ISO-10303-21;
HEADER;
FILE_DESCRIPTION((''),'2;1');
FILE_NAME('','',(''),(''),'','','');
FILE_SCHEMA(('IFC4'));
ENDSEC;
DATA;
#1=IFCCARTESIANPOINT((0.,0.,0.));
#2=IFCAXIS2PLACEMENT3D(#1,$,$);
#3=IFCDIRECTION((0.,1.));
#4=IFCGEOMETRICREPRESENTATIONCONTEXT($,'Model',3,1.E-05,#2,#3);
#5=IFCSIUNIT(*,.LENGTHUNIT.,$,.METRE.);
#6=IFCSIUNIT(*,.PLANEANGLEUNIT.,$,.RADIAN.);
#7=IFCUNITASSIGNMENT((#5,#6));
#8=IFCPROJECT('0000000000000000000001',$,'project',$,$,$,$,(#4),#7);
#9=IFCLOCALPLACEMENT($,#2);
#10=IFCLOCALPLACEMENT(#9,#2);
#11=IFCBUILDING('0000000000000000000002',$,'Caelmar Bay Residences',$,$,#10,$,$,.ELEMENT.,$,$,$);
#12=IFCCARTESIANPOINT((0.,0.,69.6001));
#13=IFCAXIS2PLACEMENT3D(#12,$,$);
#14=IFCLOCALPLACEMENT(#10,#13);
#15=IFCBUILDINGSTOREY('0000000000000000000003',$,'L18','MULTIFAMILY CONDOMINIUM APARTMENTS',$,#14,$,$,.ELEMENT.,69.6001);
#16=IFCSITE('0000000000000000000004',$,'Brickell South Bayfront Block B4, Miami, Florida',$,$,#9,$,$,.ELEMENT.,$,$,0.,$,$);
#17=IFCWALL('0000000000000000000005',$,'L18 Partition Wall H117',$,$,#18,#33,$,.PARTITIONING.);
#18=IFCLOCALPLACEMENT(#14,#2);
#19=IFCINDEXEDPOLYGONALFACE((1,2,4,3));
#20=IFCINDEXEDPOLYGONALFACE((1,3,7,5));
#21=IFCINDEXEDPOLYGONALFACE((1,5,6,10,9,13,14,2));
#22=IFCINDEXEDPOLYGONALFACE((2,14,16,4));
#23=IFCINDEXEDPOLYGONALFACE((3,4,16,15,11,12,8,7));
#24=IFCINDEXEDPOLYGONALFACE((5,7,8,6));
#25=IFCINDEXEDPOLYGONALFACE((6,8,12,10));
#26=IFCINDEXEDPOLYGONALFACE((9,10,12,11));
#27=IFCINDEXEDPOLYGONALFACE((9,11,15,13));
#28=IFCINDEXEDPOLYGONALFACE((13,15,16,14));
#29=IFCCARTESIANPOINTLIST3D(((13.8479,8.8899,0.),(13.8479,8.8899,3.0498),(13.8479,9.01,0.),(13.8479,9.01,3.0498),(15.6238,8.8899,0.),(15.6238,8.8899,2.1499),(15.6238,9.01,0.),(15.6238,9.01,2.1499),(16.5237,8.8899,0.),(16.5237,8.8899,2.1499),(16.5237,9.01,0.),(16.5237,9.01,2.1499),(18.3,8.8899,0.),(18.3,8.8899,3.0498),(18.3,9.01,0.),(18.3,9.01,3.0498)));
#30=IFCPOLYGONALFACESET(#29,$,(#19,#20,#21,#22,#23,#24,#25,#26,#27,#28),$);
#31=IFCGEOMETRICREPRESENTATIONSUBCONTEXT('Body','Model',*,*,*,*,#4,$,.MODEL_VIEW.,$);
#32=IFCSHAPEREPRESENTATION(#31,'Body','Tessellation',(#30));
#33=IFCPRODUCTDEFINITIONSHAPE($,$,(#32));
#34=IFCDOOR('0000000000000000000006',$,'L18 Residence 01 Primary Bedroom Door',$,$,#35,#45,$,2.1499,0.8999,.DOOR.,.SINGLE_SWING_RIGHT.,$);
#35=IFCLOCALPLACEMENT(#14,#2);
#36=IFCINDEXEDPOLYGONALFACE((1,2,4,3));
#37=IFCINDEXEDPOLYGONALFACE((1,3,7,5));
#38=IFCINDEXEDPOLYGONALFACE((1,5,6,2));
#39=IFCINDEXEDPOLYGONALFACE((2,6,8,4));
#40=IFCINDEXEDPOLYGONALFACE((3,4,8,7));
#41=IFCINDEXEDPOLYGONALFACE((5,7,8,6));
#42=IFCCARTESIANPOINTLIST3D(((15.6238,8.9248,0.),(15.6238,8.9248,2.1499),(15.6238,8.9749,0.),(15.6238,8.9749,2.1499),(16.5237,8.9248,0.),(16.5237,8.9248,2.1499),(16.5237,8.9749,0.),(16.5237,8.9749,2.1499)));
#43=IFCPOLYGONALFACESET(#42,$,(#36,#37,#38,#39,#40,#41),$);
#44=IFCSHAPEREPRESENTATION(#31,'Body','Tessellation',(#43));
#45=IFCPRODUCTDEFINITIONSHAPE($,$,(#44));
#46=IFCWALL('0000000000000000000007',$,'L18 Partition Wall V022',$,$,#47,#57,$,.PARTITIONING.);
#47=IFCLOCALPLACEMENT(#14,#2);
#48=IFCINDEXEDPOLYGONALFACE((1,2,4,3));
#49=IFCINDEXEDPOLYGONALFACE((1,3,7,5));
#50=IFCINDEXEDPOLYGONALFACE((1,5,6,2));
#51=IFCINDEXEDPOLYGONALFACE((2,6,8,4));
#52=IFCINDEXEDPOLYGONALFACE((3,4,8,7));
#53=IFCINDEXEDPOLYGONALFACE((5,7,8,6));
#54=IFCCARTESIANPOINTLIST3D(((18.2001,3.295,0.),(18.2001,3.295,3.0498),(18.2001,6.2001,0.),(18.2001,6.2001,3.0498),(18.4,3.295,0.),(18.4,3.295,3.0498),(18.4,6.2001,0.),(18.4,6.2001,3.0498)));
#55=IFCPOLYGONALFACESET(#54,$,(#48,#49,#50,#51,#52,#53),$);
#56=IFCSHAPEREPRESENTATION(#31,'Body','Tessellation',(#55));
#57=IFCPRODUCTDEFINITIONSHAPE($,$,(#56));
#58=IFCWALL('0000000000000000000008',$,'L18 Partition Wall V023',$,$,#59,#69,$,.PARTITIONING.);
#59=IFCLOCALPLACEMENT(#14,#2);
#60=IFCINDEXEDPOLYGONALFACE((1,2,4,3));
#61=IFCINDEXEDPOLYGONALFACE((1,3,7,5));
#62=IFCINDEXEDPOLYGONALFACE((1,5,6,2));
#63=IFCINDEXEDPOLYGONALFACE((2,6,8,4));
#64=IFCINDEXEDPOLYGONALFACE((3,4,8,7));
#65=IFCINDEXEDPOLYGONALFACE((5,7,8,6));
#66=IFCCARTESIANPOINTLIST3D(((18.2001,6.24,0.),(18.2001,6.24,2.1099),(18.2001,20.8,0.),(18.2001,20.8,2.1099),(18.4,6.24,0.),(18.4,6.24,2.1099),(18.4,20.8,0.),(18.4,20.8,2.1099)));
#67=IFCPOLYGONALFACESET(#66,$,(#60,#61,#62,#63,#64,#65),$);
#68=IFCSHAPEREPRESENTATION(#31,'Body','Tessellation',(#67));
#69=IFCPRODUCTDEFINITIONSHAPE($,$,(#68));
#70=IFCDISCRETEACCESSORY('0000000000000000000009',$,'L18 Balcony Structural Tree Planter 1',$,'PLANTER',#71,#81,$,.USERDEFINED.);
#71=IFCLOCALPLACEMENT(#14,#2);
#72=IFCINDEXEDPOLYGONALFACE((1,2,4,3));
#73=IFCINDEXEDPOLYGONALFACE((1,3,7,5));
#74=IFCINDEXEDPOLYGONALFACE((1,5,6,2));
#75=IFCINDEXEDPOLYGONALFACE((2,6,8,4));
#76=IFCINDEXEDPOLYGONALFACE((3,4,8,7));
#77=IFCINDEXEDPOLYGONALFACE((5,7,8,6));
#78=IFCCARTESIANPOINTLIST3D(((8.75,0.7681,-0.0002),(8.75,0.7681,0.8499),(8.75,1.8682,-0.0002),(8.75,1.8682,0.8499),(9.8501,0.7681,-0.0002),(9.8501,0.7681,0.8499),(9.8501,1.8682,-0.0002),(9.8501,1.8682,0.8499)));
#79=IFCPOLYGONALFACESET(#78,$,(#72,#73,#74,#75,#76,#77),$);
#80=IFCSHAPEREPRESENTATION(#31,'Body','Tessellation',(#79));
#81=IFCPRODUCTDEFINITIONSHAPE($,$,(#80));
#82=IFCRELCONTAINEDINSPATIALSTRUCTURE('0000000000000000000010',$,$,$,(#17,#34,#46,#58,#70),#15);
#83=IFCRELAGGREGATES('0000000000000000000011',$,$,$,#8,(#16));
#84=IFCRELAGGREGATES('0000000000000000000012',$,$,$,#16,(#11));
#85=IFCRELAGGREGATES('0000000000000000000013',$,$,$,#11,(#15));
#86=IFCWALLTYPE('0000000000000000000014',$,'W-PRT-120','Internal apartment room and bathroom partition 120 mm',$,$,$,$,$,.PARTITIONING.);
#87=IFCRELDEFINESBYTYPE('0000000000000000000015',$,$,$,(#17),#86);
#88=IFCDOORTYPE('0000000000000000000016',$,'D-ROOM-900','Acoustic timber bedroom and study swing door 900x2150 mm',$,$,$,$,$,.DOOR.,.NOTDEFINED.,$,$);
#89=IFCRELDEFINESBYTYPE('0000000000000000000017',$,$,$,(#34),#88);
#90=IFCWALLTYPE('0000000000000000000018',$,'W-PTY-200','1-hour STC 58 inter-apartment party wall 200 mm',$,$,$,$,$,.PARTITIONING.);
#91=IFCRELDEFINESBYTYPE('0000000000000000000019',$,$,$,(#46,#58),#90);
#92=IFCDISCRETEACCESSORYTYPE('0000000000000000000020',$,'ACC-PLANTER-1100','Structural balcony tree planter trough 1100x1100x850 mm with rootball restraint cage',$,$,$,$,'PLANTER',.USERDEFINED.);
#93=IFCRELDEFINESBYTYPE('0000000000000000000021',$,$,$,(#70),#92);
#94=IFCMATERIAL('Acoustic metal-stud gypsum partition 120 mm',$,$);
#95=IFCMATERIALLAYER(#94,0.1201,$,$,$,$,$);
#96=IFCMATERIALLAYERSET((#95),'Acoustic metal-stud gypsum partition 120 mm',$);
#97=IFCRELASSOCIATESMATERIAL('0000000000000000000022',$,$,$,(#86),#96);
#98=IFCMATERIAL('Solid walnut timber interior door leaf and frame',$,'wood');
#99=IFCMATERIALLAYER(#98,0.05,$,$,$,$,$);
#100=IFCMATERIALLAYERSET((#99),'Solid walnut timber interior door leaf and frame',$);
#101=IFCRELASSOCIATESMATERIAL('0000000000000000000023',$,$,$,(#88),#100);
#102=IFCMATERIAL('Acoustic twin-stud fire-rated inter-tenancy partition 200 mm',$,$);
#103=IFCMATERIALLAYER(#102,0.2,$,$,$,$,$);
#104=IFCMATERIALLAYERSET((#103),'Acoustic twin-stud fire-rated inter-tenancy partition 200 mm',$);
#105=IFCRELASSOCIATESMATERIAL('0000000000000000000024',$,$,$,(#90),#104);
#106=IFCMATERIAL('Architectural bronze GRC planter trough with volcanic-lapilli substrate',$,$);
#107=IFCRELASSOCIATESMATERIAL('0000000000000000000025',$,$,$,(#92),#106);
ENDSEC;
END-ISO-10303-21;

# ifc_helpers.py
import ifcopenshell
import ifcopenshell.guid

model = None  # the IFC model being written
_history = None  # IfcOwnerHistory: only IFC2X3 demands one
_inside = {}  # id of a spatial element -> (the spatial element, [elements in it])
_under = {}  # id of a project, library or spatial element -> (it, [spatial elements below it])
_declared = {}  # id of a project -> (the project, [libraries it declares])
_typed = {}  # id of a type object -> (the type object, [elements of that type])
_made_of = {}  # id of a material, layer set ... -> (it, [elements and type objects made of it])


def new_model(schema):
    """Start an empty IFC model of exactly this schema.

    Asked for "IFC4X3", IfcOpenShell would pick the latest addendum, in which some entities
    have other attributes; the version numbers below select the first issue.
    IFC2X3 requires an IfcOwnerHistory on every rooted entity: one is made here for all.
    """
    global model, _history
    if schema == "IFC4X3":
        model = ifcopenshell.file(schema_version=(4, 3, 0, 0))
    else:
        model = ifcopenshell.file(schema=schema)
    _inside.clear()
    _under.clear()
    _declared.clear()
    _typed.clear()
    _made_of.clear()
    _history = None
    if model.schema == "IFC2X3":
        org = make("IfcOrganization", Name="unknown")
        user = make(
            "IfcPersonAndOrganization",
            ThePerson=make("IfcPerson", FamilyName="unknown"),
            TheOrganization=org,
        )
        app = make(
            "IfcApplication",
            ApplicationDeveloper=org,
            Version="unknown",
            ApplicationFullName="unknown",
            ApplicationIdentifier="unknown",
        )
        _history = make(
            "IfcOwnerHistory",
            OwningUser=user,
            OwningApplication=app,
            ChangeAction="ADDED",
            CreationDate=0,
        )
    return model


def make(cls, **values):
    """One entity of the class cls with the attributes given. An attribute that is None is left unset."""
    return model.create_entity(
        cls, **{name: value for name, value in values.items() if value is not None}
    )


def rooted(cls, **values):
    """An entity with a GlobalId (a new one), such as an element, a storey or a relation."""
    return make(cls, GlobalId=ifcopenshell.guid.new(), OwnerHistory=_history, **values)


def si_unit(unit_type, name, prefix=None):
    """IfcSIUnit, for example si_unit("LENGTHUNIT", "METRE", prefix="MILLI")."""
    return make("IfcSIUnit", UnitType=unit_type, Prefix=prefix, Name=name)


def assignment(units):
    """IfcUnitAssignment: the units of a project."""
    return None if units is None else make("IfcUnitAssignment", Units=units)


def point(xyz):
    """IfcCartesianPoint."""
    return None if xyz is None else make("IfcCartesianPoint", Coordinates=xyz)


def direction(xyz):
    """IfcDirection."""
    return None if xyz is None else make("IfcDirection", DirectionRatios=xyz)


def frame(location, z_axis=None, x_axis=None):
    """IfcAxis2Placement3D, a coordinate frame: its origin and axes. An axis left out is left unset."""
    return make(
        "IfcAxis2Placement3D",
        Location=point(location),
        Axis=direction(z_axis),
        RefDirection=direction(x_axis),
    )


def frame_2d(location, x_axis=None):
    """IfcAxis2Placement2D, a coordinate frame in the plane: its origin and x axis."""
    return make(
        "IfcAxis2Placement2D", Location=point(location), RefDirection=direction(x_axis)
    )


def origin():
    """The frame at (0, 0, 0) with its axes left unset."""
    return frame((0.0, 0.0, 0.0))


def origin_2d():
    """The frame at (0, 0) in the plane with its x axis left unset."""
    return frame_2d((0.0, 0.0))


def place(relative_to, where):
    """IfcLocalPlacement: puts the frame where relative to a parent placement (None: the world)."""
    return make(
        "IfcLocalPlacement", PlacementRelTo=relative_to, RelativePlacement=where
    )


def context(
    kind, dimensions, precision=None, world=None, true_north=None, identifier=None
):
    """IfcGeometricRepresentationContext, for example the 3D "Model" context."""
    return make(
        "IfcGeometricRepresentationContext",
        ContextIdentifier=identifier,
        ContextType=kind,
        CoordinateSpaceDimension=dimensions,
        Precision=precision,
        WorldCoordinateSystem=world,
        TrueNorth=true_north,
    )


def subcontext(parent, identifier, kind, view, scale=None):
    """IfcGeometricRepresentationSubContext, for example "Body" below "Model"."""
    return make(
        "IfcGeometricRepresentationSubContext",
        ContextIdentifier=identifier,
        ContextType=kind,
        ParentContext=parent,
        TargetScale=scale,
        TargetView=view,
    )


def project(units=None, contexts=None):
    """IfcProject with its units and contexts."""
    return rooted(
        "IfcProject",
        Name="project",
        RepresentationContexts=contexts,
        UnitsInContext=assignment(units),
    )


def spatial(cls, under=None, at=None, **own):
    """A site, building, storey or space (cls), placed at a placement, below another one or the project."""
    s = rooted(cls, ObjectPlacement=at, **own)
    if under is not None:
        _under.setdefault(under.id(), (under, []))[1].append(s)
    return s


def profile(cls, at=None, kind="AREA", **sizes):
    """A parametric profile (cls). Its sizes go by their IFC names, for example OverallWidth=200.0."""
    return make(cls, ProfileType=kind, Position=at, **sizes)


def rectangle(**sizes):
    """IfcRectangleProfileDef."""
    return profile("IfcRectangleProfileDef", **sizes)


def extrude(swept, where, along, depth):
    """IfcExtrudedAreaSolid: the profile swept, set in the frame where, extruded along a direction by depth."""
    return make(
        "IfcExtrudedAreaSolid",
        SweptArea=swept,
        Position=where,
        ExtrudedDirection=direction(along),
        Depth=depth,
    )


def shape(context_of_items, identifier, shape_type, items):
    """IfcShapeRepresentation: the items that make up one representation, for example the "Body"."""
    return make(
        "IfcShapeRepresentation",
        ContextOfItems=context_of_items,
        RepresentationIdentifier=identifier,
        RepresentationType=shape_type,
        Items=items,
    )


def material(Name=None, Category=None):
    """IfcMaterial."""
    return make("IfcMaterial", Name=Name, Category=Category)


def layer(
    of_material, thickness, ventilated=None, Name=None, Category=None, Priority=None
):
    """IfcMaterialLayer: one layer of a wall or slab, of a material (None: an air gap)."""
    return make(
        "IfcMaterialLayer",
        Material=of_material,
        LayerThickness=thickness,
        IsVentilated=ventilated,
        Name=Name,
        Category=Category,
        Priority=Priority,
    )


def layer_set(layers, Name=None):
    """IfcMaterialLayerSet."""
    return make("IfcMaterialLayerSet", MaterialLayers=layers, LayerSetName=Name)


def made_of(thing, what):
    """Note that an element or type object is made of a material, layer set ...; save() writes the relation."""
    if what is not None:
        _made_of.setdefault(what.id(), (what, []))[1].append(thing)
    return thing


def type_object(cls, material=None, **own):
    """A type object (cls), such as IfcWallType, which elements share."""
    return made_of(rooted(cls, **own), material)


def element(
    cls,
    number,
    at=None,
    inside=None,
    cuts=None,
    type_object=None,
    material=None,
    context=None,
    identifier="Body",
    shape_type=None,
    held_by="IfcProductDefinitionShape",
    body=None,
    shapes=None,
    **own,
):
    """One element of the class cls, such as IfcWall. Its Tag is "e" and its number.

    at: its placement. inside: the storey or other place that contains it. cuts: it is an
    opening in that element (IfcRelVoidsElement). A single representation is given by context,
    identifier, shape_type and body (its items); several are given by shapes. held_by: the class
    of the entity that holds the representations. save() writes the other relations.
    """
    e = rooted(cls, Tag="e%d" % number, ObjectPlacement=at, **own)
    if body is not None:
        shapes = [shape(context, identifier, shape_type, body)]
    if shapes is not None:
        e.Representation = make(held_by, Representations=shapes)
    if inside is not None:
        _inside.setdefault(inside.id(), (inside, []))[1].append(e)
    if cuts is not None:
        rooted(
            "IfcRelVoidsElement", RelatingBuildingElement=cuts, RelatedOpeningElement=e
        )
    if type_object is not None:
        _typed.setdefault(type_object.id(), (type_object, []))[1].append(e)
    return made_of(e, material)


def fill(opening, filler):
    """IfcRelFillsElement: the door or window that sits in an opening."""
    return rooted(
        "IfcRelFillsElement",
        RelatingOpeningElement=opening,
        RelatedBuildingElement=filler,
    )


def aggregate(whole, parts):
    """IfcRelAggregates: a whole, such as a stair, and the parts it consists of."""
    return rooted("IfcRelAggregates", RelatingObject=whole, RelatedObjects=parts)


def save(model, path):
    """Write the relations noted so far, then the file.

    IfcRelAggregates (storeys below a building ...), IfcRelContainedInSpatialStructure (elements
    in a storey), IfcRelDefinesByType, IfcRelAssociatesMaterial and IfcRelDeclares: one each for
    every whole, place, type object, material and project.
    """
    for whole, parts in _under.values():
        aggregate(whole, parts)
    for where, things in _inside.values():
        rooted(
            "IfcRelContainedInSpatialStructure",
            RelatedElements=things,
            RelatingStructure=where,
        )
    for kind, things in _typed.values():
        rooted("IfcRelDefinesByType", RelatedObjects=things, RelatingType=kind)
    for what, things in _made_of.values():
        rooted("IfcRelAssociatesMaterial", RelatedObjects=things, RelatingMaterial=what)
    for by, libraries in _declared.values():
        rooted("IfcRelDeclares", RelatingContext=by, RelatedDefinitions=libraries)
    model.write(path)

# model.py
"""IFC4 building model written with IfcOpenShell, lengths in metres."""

from ifc_helpers import new_model, si_unit, direction, frame, frame_2d, origin, origin_2d, place, context, subcontext, project, spatial, rectangle, extrude, material, layer, layer_set, type_object, element, fill, save


model = new_model("IFC4")

# Units and contexts
model_context = context("Model", 3, precision=1e-05, world=origin(), true_north=direction((0.0, 1.0)))
body_context = subcontext(model_context, "Body", "Model", "MODEL_VIEW")
ifc_project = project(units=[si_unit("LENGTHUNIT", "METRE"), si_unit("PLANEANGLEUNIT", "RADIAN")], contexts=[model_context])

# Site, building, storey
site_placement = place(None, origin())
site = spatial("IfcSite", under=ifc_project, at=site_placement, Name="Brickell South Bayfront Block B4, Miami, Florida", CompositionType="ELEMENT", RefElevation=0.0)
building_placement = place(site_placement, origin())
building = spatial("IfcBuilding", under=site, at=building_placement, Name="Caelmar Bay Residences", CompositionType="ELEMENT")
storey_placement = place(building_placement, frame((0.0, 0.0, 69.6001)))
storey = spatial("IfcBuildingStorey", under=building, at=storey_placement, Name="L18", Description="MULTIFAMILY CONDOMINIUM APARTMENTS", CompositionType="ELEMENT", Elevation=69.6001)

# Shared definitions
ifc_material_1 = material(Name="Acoustic metal-stud gypsum partition 120 mm")
ifc_layer_1 = layer(ifc_material_1, 0.1201)
ifc_layer_set_1 = layer_set([ifc_layer_1], Name="Acoustic metal-stud gypsum partition 120 mm")
wall_type_1 = type_object("IfcWallType", Name="W-PRT-120", Description="Internal apartment room and bathroom partition 120 mm", PredefinedType="PARTITIONING", material=ifc_layer_set_1)
ifc_material_2 = material(Name="Solid walnut timber interior door leaf and frame", Category="wood")
ifc_layer_2 = layer(ifc_material_2, 0.05)
ifc_layer_set_2 = layer_set([ifc_layer_2], Name="Solid walnut timber interior door leaf and frame")
door_type = type_object("IfcDoorType", Name="D-ROOM-900", Description="Acoustic timber bedroom and study swing door 900x2150 mm", OperationType="NOTDEFINED", PredefinedType="DOOR", material=ifc_layer_set_2)

# Wall, opening, door
wall_1_placement = place(storey_placement, frame((13.8479, 8.95, 0.0), z_axis=(0.0, 0.0, 1.0), x_axis=(1.0, 0.0, 0.0)))
wall_1 = element("IfcWall", 1, at=wall_1_placement, inside=storey, type_object=wall_type_1, Name="L18 Partition Wall H117", PredefinedType="PARTITIONING", context=body_context, shape_type="SweptSolid", body=[
    extrude(rectangle(XDim=4.4521, YDim=0.1201, at=frame_2d((2.2261, 0.0))), origin(), (0.0, 0.0, 1.0), 3.0498),
])
opening_1_placement = place(wall_1_placement, frame((1.7759, 0.0, 0.0)))
opening_1 = element("IfcOpeningElement", 2, at=opening_1_placement, cuts=wall_1, PredefinedType="OPENING", context=body_context, shape_type="SweptSolid", body=[
    extrude(rectangle(XDim=0.8999, YDim=2.1499, at=frame_2d((0.45, 1.075))), frame((0.0, 0.0701, 0.0), z_axis=(0.0, -1.0, 0.0), x_axis=(1.0, 0.0, 0.0)), (0.0, 0.0, 1.0), 0.1401),
])
door_1_placement = place(opening_1_placement, origin())
door_1 = element("IfcDoor", 3, at=door_1_placement, inside=storey, type_object=door_type, Name="L18 Residence 01 Primary Bedroom Door", OperationType="SINGLE_SWING_RIGHT", OverallHeight=2.1499, OverallWidth=0.8999, PredefinedType="DOOR", context=body_context, shape_type="SweptSolid", body=[
    extrude(rectangle(XDim=0.8999, YDim=2.1499, at=frame_2d((0.45, 1.075))), frame((0.0, 0.0249, 0.0), z_axis=(0.0, -1.0, 0.0), x_axis=(1.0, 0.0, 0.0)), (0.0, 0.0, 1.0), 0.05),
])
fill(opening_1, door_1)

# Walls
ifc_material_3 = material(Name="Acoustic twin-stud fire-rated inter-tenancy partition 200 mm")
ifc_layer_3 = layer(ifc_material_3, 0.2)
ifc_layer_set_3 = layer_set([ifc_layer_3], Name="Acoustic twin-stud fire-rated inter-tenancy partition 200 mm")
wall_type_2 = type_object("IfcWallType", Name="W-PTY-200", Description="1-hour STC 58 inter-apartment party wall 200 mm", PredefinedType="PARTITIONING", material=ifc_layer_set_3)
wall_2_placement = place(storey_placement, frame((18.3, 3.2949, 0.0), z_axis=(0.0, 0.0, 1.0), x_axis=(0.0, 1.0, 0.0)))
element("IfcWall", 4, at=wall_2_placement, inside=storey, type_object=wall_type_2, Name="L18 Partition Wall V022", PredefinedType="PARTITIONING", context=body_context, shape_type="SweptSolid", body=[
    extrude(rectangle(XDim=2.905, YDim=0.2, at=frame_2d((1.4526, 0.0))), origin(), (0.0, 0.0, 1.0), 3.0498),
])
wall_3_placement = place(storey_placement, frame((18.3, 6.24, 0.0), z_axis=(0.0, 0.0, 1.0), x_axis=(0.0, 1.0, 0.0)))
element("IfcWall", 5, at=wall_3_placement, inside=storey, type_object=wall_type_2, Name="L18 Partition Wall V023", PredefinedType="PARTITIONING", context=body_context, shape_type="SweptSolid", body=[
    extrude(rectangle(XDim=14.5601, YDim=0.2, at=frame_2d((7.28, 0.0))), origin(), (0.0, 0.0, 1.0), 2.1099),
])

# Discrete accessory
ifc_material_4 = material(Name="Architectural bronze GRC planter trough with volcanic-lapilli substrate")
discrete_accessory_type = type_object("IfcDiscreteAccessoryType", Name="ACC-PLANTER-1100", Description="Structural balcony tree planter trough 1100x1100x850 mm with rootball restraint cage", ElementType="PLANTER", PredefinedType="USERDEFINED", material=ifc_material_4)
discrete_accessory_placement = place(storey_placement, frame((9.3, 1.3181, -0.0002), z_axis=(0.0, 0.0, 1.0), x_axis=(1.0, 0.0, 0.0)))
element("IfcDiscreteAccessory", 6, at=discrete_accessory_placement, inside=storey, type_object=discrete_accessory_type, Name="L18 Balcony Structural Tree Planter 1", ObjectType="PLANTER", PredefinedType="USERDEFINED", context=body_context, shape_type="SweptSolid", body=[
    extrude(rectangle(XDim=1.1001, YDim=1.1001, at=origin_2d()), origin(), (0.0, 0.0, 1.0), 0.8501),
])

save(model, "model.ifc")
